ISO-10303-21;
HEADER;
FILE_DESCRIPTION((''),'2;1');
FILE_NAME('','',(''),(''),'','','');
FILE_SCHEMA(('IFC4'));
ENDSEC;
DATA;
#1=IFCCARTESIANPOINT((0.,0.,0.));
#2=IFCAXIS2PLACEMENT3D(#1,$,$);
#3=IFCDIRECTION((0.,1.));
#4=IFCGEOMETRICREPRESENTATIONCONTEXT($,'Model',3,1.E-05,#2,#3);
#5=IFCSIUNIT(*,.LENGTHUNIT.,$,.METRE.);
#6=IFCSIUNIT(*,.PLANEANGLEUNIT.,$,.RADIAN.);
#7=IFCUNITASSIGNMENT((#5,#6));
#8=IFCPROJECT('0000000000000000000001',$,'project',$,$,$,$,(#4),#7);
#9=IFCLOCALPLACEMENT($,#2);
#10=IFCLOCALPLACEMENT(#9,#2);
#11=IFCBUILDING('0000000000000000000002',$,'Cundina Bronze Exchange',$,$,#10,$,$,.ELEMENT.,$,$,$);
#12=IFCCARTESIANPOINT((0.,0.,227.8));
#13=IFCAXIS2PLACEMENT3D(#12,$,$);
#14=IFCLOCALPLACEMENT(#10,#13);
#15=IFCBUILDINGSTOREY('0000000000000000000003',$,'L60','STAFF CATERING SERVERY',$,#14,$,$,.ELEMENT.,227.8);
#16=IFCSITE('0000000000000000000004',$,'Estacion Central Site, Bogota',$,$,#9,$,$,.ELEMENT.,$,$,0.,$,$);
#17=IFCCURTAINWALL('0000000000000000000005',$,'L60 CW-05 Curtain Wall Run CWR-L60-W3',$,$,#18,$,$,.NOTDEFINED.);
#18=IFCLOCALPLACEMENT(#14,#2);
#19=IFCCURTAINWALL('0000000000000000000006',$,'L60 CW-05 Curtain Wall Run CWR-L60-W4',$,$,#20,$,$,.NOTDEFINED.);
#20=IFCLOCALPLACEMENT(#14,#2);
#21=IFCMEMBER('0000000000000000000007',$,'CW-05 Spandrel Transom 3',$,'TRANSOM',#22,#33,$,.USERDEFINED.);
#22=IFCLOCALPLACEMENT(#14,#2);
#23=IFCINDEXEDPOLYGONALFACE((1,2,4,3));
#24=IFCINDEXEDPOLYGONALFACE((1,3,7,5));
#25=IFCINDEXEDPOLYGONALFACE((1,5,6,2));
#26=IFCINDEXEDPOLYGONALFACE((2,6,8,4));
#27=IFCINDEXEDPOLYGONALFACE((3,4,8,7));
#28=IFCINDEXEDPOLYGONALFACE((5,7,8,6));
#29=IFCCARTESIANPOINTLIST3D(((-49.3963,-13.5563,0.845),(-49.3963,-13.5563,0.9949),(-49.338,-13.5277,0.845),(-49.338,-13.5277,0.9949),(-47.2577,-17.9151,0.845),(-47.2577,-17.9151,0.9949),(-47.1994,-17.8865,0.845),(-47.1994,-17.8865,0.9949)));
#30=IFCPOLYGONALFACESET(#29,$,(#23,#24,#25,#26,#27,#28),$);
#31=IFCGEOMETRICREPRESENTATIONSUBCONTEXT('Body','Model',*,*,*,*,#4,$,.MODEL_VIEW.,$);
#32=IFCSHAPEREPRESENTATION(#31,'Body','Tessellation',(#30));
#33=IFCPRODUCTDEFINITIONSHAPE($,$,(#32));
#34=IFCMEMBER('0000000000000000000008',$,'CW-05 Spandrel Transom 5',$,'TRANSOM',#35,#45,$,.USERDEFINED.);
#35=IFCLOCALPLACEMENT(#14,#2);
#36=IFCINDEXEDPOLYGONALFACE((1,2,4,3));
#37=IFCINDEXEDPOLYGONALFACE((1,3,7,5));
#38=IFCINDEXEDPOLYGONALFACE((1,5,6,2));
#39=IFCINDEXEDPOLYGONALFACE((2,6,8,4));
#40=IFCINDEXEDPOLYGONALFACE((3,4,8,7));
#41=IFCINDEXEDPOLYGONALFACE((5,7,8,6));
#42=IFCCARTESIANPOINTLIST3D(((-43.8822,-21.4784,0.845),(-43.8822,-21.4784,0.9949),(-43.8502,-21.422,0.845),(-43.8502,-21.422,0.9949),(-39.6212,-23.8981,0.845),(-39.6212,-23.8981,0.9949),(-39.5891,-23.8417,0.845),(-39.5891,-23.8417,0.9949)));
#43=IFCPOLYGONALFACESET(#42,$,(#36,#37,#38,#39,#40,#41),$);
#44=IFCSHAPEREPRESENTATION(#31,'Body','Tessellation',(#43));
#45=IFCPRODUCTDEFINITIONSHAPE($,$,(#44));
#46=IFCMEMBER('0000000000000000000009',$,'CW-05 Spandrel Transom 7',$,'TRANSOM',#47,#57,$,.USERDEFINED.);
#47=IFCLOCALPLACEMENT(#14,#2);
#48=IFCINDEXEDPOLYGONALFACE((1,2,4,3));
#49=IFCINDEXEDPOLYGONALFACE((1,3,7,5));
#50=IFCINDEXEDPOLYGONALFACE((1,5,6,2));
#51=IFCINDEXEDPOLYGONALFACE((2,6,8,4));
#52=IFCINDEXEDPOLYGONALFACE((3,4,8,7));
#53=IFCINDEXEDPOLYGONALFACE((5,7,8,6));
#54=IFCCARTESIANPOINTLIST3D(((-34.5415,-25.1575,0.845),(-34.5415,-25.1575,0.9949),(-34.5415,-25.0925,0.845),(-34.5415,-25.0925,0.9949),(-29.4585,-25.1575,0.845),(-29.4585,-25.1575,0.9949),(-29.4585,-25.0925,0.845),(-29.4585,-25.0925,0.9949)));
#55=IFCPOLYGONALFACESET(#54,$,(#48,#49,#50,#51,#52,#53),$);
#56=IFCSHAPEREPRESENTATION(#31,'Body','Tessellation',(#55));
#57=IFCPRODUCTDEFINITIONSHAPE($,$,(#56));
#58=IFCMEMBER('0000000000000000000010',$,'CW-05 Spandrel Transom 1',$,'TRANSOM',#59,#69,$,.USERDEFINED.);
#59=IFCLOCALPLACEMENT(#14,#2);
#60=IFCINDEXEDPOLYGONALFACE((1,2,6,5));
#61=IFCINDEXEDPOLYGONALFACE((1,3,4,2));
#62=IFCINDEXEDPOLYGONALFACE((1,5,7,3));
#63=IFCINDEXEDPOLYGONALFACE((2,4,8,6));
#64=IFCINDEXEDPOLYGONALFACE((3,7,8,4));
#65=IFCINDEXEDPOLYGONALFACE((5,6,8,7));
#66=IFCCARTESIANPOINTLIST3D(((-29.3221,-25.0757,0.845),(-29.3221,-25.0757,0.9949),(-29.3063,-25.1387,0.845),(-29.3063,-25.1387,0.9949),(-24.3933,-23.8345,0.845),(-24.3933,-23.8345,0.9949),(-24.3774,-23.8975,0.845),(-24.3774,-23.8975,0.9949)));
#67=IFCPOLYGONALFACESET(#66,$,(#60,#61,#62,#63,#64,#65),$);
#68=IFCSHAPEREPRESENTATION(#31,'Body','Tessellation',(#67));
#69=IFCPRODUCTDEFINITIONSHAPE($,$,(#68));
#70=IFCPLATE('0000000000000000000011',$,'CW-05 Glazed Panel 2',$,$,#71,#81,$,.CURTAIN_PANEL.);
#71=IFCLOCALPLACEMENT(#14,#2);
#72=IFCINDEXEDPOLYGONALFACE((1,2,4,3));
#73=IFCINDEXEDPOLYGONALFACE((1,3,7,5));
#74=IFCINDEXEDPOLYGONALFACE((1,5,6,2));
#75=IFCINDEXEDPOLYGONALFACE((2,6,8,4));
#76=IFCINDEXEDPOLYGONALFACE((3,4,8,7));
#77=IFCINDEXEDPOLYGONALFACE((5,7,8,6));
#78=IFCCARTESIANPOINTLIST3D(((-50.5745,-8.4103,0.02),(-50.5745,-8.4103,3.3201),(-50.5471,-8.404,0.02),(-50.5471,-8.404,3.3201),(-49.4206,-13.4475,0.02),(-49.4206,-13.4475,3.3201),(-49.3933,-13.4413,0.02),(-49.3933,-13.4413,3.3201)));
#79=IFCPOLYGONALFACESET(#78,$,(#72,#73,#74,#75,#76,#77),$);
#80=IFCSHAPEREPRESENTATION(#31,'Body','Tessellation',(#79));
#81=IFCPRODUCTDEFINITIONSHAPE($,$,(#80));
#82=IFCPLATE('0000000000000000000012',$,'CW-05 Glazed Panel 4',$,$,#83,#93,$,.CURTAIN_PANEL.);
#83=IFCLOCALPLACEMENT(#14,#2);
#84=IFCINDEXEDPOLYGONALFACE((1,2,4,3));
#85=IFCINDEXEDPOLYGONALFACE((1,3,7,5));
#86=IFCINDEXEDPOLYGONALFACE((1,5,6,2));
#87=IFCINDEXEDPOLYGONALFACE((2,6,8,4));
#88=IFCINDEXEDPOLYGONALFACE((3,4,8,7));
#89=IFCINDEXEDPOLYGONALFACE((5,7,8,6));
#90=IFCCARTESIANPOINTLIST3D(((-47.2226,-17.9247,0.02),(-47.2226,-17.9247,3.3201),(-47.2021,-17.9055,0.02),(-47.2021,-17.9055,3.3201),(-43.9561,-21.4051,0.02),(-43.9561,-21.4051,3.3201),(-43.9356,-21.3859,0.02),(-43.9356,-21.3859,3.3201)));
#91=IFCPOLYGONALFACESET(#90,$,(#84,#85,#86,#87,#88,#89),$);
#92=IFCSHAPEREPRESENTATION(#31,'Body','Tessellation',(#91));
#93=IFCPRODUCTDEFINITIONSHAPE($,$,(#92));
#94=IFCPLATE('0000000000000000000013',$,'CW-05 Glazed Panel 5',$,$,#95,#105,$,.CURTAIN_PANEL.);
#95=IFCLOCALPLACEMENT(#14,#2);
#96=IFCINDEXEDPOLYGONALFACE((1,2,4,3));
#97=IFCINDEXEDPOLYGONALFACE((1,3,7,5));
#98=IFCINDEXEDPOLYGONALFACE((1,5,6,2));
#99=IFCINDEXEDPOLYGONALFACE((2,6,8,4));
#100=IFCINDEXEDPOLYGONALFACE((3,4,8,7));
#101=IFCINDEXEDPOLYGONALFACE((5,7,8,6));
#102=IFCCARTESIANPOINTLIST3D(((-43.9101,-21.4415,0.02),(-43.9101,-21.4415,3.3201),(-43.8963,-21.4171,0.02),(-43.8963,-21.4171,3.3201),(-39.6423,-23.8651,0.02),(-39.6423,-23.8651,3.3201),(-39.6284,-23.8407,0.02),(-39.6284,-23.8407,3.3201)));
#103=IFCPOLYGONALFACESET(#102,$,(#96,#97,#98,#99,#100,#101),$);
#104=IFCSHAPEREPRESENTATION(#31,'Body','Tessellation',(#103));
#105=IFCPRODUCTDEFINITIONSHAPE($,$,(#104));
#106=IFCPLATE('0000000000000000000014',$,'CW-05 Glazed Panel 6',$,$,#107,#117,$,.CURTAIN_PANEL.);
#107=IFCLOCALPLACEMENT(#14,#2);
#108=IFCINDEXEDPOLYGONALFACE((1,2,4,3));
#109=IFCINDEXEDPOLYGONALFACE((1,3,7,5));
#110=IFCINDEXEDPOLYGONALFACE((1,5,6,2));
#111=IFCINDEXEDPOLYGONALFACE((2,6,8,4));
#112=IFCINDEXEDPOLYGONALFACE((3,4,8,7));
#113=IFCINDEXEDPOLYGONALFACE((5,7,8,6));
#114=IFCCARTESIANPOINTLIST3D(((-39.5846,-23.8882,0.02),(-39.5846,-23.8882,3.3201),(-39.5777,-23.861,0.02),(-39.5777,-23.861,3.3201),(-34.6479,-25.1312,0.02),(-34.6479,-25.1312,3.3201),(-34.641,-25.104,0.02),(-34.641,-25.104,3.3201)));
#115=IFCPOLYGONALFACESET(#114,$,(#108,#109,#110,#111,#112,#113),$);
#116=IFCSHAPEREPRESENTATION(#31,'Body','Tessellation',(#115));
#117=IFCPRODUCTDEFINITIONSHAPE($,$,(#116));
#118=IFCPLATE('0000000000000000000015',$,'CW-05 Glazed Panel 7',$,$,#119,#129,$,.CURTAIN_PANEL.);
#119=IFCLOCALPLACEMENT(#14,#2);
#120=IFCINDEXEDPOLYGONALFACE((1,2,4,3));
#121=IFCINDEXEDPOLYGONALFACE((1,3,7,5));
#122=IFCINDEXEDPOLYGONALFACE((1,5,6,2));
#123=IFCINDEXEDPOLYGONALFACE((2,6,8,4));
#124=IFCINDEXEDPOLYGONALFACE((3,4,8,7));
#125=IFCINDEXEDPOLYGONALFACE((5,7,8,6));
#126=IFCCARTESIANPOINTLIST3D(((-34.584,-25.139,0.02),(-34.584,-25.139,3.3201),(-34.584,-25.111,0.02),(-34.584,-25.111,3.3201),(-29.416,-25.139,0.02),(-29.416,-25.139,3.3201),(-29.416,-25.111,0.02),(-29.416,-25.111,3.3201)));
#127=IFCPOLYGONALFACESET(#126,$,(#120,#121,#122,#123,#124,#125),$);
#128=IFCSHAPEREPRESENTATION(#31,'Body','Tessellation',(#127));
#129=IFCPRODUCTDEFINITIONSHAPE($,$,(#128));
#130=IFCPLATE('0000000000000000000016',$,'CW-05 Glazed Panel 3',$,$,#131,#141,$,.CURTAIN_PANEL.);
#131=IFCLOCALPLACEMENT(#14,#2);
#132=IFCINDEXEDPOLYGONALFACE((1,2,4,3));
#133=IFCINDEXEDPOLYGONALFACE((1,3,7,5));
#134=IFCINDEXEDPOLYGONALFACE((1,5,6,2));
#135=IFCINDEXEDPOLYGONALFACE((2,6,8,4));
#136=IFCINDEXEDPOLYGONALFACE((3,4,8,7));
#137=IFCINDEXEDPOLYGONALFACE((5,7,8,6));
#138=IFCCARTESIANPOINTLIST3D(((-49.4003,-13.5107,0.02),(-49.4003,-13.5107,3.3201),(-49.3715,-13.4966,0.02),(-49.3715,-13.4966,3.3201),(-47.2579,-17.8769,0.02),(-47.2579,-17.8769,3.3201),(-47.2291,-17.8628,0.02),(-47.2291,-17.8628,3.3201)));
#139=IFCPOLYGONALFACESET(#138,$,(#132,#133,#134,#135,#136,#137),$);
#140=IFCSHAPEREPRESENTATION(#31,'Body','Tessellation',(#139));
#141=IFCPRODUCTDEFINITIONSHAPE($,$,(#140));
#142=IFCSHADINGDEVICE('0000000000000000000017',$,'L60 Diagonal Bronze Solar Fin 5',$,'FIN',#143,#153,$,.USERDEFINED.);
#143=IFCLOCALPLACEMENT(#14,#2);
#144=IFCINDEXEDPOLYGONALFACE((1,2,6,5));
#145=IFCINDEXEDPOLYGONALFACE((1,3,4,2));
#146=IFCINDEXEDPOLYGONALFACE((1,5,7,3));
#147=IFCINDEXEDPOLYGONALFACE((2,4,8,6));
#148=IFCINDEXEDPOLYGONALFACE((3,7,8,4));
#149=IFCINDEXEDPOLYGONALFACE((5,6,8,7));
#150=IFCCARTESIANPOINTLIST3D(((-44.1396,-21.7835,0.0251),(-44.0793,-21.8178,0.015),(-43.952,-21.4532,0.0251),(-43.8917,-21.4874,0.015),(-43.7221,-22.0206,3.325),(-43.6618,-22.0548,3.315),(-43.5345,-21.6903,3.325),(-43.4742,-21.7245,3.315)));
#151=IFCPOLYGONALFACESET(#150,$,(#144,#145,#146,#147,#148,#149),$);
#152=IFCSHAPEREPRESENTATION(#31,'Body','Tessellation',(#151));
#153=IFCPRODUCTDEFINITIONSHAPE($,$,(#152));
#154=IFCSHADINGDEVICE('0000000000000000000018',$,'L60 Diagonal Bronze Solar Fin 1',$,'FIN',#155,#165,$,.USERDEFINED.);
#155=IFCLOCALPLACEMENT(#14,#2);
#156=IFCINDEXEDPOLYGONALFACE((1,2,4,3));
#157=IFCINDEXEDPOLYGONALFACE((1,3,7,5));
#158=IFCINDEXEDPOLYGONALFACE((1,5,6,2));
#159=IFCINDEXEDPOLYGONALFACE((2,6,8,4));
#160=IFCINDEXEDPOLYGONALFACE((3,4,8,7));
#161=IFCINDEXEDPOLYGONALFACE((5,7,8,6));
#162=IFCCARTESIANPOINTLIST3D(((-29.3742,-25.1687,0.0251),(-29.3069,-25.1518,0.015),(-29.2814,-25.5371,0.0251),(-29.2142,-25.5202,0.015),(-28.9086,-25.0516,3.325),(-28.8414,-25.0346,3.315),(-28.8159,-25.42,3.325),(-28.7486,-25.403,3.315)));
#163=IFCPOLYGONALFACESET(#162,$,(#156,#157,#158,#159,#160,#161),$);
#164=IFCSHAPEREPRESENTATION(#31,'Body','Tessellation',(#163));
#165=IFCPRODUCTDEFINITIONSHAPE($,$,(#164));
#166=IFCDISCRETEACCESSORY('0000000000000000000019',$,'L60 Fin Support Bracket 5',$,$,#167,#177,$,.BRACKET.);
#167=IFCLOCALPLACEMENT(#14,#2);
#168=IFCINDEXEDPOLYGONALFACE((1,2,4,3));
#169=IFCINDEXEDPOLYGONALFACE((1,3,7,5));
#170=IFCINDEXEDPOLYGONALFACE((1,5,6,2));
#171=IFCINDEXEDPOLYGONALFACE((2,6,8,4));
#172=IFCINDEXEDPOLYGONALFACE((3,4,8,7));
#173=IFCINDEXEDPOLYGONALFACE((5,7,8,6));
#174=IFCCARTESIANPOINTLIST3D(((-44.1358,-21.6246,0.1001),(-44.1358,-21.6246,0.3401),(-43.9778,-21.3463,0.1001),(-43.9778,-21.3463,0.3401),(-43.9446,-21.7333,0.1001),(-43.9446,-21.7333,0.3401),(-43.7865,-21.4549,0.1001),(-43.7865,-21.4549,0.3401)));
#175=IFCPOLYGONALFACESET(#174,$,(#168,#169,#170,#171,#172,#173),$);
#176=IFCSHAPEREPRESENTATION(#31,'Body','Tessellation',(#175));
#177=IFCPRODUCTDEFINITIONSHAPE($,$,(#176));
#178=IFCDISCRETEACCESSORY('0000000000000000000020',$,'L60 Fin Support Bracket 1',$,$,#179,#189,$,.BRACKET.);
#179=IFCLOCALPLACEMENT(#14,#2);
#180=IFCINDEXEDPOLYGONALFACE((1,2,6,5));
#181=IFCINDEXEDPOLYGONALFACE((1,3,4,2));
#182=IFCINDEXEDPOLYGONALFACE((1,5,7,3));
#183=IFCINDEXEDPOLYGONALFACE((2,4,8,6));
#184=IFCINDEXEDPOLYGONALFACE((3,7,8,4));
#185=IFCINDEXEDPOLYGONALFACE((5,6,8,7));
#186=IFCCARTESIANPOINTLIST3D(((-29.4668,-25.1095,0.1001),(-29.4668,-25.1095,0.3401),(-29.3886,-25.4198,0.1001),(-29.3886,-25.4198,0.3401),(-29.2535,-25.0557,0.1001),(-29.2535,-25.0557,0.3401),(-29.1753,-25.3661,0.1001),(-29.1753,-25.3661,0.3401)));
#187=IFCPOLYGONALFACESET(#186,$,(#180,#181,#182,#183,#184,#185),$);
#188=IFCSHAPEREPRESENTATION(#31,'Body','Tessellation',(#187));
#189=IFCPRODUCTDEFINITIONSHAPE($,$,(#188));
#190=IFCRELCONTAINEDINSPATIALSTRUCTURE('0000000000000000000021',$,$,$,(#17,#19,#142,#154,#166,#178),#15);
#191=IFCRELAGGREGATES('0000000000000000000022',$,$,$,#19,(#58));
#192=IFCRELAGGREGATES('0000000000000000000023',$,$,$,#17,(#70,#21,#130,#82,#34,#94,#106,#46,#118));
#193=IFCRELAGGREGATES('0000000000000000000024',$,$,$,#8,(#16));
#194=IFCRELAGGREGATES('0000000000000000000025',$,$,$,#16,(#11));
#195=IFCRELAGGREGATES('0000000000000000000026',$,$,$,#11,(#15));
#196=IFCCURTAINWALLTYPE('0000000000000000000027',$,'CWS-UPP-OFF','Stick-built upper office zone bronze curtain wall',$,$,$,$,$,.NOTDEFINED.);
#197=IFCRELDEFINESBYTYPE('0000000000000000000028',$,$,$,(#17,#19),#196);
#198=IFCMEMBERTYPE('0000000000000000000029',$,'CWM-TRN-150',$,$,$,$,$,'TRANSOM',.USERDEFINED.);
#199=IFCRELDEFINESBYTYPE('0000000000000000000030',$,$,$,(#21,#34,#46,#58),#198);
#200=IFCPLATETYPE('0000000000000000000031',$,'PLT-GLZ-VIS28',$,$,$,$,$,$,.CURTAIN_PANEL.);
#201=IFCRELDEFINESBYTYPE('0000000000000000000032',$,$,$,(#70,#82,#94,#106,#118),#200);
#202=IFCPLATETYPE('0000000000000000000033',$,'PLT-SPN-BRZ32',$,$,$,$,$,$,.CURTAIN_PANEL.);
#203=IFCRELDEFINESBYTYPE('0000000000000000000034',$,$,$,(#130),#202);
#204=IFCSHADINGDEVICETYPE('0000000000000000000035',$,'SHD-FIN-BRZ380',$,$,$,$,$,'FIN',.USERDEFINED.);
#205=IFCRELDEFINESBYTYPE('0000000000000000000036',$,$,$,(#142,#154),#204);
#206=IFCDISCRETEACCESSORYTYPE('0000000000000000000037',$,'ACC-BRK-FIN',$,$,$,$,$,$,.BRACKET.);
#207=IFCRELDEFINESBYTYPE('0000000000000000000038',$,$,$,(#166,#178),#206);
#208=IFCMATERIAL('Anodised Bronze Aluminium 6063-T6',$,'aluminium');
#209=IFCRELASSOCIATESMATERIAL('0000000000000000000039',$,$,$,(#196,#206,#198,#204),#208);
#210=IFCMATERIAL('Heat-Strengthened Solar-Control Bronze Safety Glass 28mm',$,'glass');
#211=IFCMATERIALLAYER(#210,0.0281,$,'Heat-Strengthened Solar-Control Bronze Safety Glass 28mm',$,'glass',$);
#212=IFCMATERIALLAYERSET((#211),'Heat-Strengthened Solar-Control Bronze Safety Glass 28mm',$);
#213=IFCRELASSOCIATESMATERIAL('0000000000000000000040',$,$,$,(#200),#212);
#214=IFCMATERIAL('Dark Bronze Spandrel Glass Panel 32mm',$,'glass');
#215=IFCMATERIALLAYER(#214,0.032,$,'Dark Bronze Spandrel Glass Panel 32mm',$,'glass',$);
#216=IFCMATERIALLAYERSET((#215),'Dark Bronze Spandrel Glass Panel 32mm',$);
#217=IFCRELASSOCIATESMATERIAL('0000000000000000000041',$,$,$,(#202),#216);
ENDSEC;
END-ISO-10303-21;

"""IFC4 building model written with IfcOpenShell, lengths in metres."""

from ifc_helpers import new_model, si_unit, direction, frame, origin, origin_2d, place, context, subcontext, project, spatial, rectangle, extrude, material, layer, layer_set, material_profile, profile_set, type_object, element, aggregate, save


model = new_model("IFC4")

# Units and contexts
model_context = context("Model", 3, precision=1e-05, world=origin(), true_north=direction((0.0, 1.0)))
body_context = subcontext(model_context, "Body", "Model", "MODEL_VIEW")
ifc_project = project(units=[si_unit("LENGTHUNIT", "METRE"), si_unit("PLANEANGLEUNIT", "RADIAN")], contexts=[model_context])

# Site, building, storey
site_placement = place(None, origin())
site = spatial("IfcSite", under=ifc_project, at=site_placement, Name="Estacion Central Site, Bogota", CompositionType="ELEMENT", RefElevation=0.0)
building_placement = place(site_placement, origin())
building = spatial("IfcBuilding", under=site, at=building_placement, Name="Cundina Bronze Exchange", CompositionType="ELEMENT")
storey_placement = place(building_placement, frame((0.0, 0.0, 227.8)))
storey = spatial("IfcBuildingStorey", under=building, at=storey_placement, Name="L60", Description="STAFF CATERING SERVERY", CompositionType="ELEMENT", Elevation=227.8)

# Curtain wall
ifc_material_1 = material(Name="Anodised Bronze Aluminium 6063-T6", Category="aluminium")
curtain_wall_type = type_object("IfcCurtainWallType", Name="CWS-UPP-OFF", Description="Stick-built upper office zone bronze curtain wall", PredefinedType="NOTDEFINED", material=ifc_material_1)
curtain_wall_1_placement = place(storey_placement, origin())
curtain_wall_1 = element("IfcCurtainWall", 1, at=curtain_wall_1_placement, inside=storey, type_object=curtain_wall_type, Name="L60 CW-05 Curtain Wall Run CWR-L60-W3", PredefinedType="NOTDEFINED")

# Curtain wall
curtain_wall_2_placement = place(storey_placement, origin())
curtain_wall_2 = element("IfcCurtainWall", 2, at=curtain_wall_2_placement, inside=storey, type_object=curtain_wall_type, Name="L60 CW-05 Curtain Wall Run CWR-L60-W4", PredefinedType="NOTDEFINED")

# Members
ifc_material_profile_1 = material_profile(ifc_material_1, rectangle(XDim=0.0649, YDim=0.1499, at=origin_2d()), Name="AL65X150", Category="aluminium")
ifc_profile_set_1 = profile_set([ifc_material_profile_1], Name="Anodised Bronze Aluminium 6063-T6")
member_type_1 = type_object("IfcMemberType", Name="CWM-TRN-150", ElementType="TRANSOM", PredefinedType="USERDEFINED", material=ifc_profile_set_1)
member_1_placement = place(storey_placement, frame((-49.3672, -13.542, 0.9199), z_axis=(0.440483, -0.897761, 0.0), x_axis=(0.897761, 0.440483, 0.0)))
member_1 = element("IfcMember", 3, at=member_1_placement, type_object=member_type_1, Name="CW-05 Spandrel Transom 3", ObjectType="TRANSOM", PredefinedType="USERDEFINED", context=body_context, shape_type="SweptSolid", body=[
    extrude(rectangle(XDim=0.0649, YDim=0.1499, at=origin_2d()), origin(), (0.0, 0.0, 1.0), 4.8552),
])
member_2_placement = place(storey_placement, frame((-43.8662, -21.4502, 0.9199), z_axis=(0.869574, -0.493803, 0.0), x_axis=(0.493803, 0.869574, 0.0)))
member_2 = element("IfcMember", 4, at=member_2_placement, type_object=member_type_1, Name="CW-05 Spandrel Transom 5", ObjectType="TRANSOM", PredefinedType="USERDEFINED", context=body_context, shape_type="SweptSolid", body=[
    extrude(rectangle(XDim=0.0649, YDim=0.1499, at=origin_2d()), origin(), (0.0, 0.0, 1.0), 4.9001),
])
member_3_placement = place(storey_placement, frame((-34.5415, -25.125, 0.9199), z_axis=(1.0, 0.0, 0.0), x_axis=(0.0, 1.0, 0.0)))
member_3 = element("IfcMember", 5, at=member_3_placement, type_object=member_type_1, Name="CW-05 Spandrel Transom 7", ObjectType="TRANSOM", PredefinedType="USERDEFINED", context=body_context, shape_type="SweptSolid", body=[
    extrude(rectangle(XDim=0.0649, YDim=0.1499, at=origin_2d()), origin(), (0.0, 0.0, 1.0), 5.083),
])
member_4_placement = place(storey_placement, frame((-29.3142, -25.1072, 0.9199), z_axis=(0.969726, 0.244197, 0.0), x_axis=(-0.244197, 0.969726, 0.0)))
member_4 = element("IfcMember", 6, at=member_4_placement, type_object=member_type_1, Name="CW-05 Spandrel Transom 1", ObjectType="TRANSOM", PredefinedType="USERDEFINED", context=body_context, shape_type="SweptSolid", body=[
    extrude(rectangle(XDim=0.0649, YDim=0.1499, at=origin_2d()), origin(), (0.0, 0.0, 1.0), 5.0828),
])
aggregate(curtain_wall_2, [member_4])

# Plates
ifc_material_2 = material(Name="Heat-Strengthened Solar-Control Bronze Safety Glass 28mm", Category="glass")
ifc_layer_1 = layer(ifc_material_2, 0.0281, Name="Heat-Strengthened Solar-Control Bronze Safety Glass 28mm", Category="glass")
ifc_layer_set_1 = layer_set([ifc_layer_1], Name="Heat-Strengthened Solar-Control Bronze Safety Glass 28mm")
plate_type_1 = type_object("IfcPlateType", Name="PLT-GLZ-VIS28", PredefinedType="CURTAIN_PANEL", material=ifc_layer_set_1)
plate_1_placement = place(storey_placement, frame((-49.9839, -10.9258, 0.02), z_axis=(0.0, 0.0, 1.0), x_axis=(0.223284, -0.974753, 0.0)))
plate_1 = element("IfcPlate", 7, at=plate_1_placement, type_object=plate_type_1, Name="CW-05 Glazed Panel 2", PredefinedType="CURTAIN_PANEL", context=body_context, shape_type="SweptSolid", body=[
    extrude(rectangle(XDim=5.1677, YDim=0.0281, at=origin_2d()), origin(), (0.0, 0.0, 1.0), 3.3),
])
plate_2_placement = place(storey_placement, frame((-45.5791, -19.6553, 0.02), z_axis=(0.0, 0.0, 1.0), x_axis=(0.684344, -0.72916, 0.0)))
plate_2 = element("IfcPlate", 8, at=plate_2_placement, type_object=plate_type_1, Name="CW-05 Glazed Panel 4", PredefinedType="CURTAIN_PANEL", context=body_context, shape_type="SweptSolid", body=[
    extrude(rectangle(XDim=4.7732, YDim=0.0281, at=origin_2d()), origin(), (0.0, 0.0, 1.0), 3.3),
])
plate_3_placement = place(storey_placement, frame((-41.7693, -22.6411, 0.02), z_axis=(0.0, 0.0, 1.0), x_axis=(0.869573, -0.493805, 0.0)))
plate_3 = element("IfcPlate", 9, at=plate_3_placement, type_object=plate_type_1, Name="CW-05 Glazed Panel 5", PredefinedType="CURTAIN_PANEL", context=body_context, shape_type="SweptSolid", body=[
    extrude(rectangle(XDim=4.908, YDim=0.0281, at=origin_2d()), origin(), (0.0, 0.0, 1.0), 3.3),
])
plate_4_placement = place(storey_placement, frame((-37.1128, -24.4961, 0.02), z_axis=(0.0, 0.0, 1.0), x_axis=(0.969732, -0.244174, 0.0)))
plate_4 = element("IfcPlate", 10, at=plate_4_placement, type_object=plate_type_1, Name="CW-05 Glazed Panel 6", PredefinedType="CURTAIN_PANEL", context=body_context, shape_type="SweptSolid", body=[
    extrude(rectangle(XDim=5.0908, YDim=0.0281, at=origin_2d()), origin(), (0.0, 0.0, 1.0), 3.3),
])
plate_5_placement = place(storey_placement, frame((-32.0, -25.125, 0.02), z_axis=(0.0, 0.0, 1.0), x_axis=(1.0, 0.0, 0.0)))
plate_5 = element("IfcPlate", 11, at=plate_5_placement, type_object=plate_type_1, Name="CW-05 Glazed Panel 7", PredefinedType="CURTAIN_PANEL", context=body_context, shape_type="SweptSolid", body=[
    extrude(rectangle(XDim=5.168, YDim=0.0281, at=origin_2d()), origin(), (0.0, 0.0, 1.0), 3.3),
])
ifc_material_3 = material(Name="Dark Bronze Spandrel Glass Panel 32mm", Category="glass")
ifc_layer_2 = layer(ifc_material_3, 0.032, Name="Dark Bronze Spandrel Glass Panel 32mm", Category="glass")
ifc_layer_set_2 = layer_set([ifc_layer_2], Name="Dark Bronze Spandrel Glass Panel 32mm")
plate_type_2 = type_object("IfcPlateType", Name="PLT-SPN-BRZ32", PredefinedType="CURTAIN_PANEL", material=ifc_layer_set_2)
plate_6_placement = place(storey_placement, frame((-48.3147, -15.6868, 0.02), z_axis=(0.0, 0.0, 1.0), x_axis=(0.440503, -0.897751, 0.0)))
plate_6 = element("IfcPlate", 12, at=plate_6_placement, type_object=plate_type_2, Name="CW-05 Glazed Panel 3", PredefinedType="CURTAIN_PANEL", context=body_context, shape_type="SweptSolid", body=[
    extrude(rectangle(XDim=4.8635, YDim=0.032, at=origin_2d()), origin(), (0.0, 0.0, 1.0), 3.3),
])
aggregate(curtain_wall_1, [plate_1, member_1, plate_6, plate_2, member_2, plate_3, plate_4, member_3, plate_5])

# Shading devices
ifc_material_profile_2 = material_profile(ifc_material_1, rectangle(XDim=0.0701, YDim=0.3799, at=origin_2d()), Name="FIN70X380", Category="aluminium")
ifc_profile_set_2 = profile_set([ifc_material_profile_2], Name="Anodised Bronze Aluminium 6063-T6")
shading_device_type = type_object("IfcShadingDeviceType", Name="SHD-FIN-BRZ380", ElementType="FIN", PredefinedType="USERDEFINED", material=ifc_profile_set_2)
for number, where, z_axis, x_axis, name in (
    (13, (-44.0156, -21.6355, 0.02), (0.12519, -0.071087, 0.989583), (-0.860527, 0.488638, 0.143965), "L60 Diagonal Bronze Solar Fin 5"),
    (14, (-29.2942, -25.3445, 0.02), (0.139612, 0.035141, 0.989583), (-0.95965, -0.241548, 0.143967), "L60 Diagonal Bronze Solar Fin 1"),
):
    element("IfcShadingDevice", number, at=place(storey_placement, frame(where, z_axis=z_axis, x_axis=x_axis)), inside=storey, type_object=shading_device_type, Name=name, ObjectType="FIN", PredefinedType="USERDEFINED", context=body_context, shape_type="SweptSolid", body=[
        extrude(rectangle(XDim=0.0701, YDim=0.3799, at=origin_2d()), origin(), (0.0, 0.0, 1.0), 3.3347),
    ])

# Discrete accessories
discrete_accessory_type = type_object("IfcDiscreteAccessoryType", Name="ACC-BRK-FIN", PredefinedType="BRACKET", material=ifc_material_1)
for number, where, z_axis, x_axis, name in (
    (15, (-43.9612, -21.5398, 0.1001), (0.0, 0.0, 1.0), (0.869573, -0.493805, 0.0), "L60 Fin Support Bracket 5"),
    (16, (-29.321, -25.2378, 0.1001), (0.0, 0.0, 1.0), (0.969732, 0.244174, 0.0), "L60 Fin Support Bracket 1"),
):
    element("IfcDiscreteAccessory", number, at=place(storey_placement, frame(where, z_axis=z_axis, x_axis=x_axis)), inside=storey, type_object=discrete_accessory_type, Name=name, PredefinedType="BRACKET", context=body_context, shape_type="SweptSolid", body=[
        extrude(rectangle(XDim=0.22, YDim=0.3201, at=origin_2d()), origin(), (0.0, 0.0, 1.0), 0.24),
    ])

save(model, "model.ifc")
